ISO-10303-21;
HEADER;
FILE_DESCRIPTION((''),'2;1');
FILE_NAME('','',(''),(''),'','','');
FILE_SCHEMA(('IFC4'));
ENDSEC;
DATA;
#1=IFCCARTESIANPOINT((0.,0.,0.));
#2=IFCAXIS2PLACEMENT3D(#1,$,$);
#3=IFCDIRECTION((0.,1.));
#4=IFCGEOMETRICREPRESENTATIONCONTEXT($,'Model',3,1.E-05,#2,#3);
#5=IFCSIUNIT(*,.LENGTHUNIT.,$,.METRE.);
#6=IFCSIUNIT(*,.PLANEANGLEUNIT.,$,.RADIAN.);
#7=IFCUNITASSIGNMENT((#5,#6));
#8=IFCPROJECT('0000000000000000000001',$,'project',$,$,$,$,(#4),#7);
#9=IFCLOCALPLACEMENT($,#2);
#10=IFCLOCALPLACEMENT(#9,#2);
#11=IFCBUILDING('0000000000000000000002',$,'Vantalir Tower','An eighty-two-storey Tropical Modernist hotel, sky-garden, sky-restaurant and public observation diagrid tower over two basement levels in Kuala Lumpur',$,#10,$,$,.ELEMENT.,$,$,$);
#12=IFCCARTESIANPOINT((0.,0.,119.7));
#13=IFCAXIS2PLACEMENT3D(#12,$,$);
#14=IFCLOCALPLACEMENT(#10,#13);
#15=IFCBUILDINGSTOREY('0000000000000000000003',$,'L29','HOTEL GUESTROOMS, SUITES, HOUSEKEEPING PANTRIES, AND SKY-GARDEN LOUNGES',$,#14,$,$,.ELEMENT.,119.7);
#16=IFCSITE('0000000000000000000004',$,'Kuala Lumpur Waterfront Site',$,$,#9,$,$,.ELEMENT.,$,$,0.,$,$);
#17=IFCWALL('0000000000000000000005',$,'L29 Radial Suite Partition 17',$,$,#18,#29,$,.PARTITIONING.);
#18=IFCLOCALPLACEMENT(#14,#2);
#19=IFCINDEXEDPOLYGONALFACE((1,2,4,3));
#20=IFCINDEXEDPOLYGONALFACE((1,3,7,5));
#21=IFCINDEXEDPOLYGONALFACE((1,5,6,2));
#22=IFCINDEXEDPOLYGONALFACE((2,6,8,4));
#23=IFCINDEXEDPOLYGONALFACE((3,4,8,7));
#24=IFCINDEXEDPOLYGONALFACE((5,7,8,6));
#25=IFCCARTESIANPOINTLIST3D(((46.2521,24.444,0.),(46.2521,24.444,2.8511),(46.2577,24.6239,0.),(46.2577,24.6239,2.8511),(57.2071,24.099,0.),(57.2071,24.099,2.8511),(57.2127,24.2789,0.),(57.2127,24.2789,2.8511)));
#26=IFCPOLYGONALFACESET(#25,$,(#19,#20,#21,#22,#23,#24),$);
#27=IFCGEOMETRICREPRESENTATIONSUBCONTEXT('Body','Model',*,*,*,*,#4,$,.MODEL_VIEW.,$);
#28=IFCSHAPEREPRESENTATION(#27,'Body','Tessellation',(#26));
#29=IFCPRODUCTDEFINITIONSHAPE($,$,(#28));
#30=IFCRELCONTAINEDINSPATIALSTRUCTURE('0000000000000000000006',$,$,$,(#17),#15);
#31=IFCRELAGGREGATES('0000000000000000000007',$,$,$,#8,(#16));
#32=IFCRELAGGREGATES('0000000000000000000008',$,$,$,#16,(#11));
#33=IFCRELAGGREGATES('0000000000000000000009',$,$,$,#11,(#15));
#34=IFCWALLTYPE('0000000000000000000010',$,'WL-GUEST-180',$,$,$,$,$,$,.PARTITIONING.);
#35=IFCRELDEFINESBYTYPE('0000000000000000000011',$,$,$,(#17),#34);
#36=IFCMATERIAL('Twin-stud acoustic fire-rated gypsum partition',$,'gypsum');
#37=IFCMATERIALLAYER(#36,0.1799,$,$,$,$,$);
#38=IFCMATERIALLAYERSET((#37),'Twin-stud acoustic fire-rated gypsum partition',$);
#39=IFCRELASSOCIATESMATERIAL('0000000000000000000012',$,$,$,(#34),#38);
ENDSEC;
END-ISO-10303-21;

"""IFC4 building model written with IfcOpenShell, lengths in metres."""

from ifc_helpers import new_model, si_unit, direction, frame, frame_2d, origin, place, context, subcontext, project, spatial, rectangle, extrude, material, layer, layer_set, type_object, element, save


model = new_model("IFC4")

# Units and contexts
model_context = context("Model", 3, precision=1e-05, world=origin(), true_north=direction((0.0, 1.0)))
body_context = subcontext(model_context, "Body", "Model", "MODEL_VIEW")
ifc_project = project(units=[si_unit("LENGTHUNIT", "METRE"), si_unit("PLANEANGLEUNIT", "RADIAN")], contexts=[model_context])

# Site, building, storey
site_placement = place(None, origin())
site = spatial("IfcSite", under=ifc_project, at=site_placement, Name="Kuala Lumpur Waterfront Site", CompositionType="ELEMENT", RefElevation=0.0)
building_placement = place(site_placement, origin())
building = spatial("IfcBuilding", under=site, at=building_placement, Name="Vantalir Tower", Description="An eighty-two-storey Tropical Modernist hotel, sky-garden, sky-restaurant and public observation diagrid tower over two basement levels in Kuala Lumpur", CompositionType="ELEMENT")
storey_placement = place(building_placement, frame((0.0, 0.0, 119.7)))
storey = spatial("IfcBuildingStorey", under=building, at=storey_placement, Name="L29", Description="HOTEL GUESTROOMS, SUITES, HOUSEKEEPING PANTRIES, AND SKY-GARDEN LOUNGES", CompositionType="ELEMENT", Elevation=119.7)

# Wall
ifc_material_1 = material(Name="Twin-stud acoustic fire-rated gypsum partition", Category="gypsum")
ifc_layer_1 = layer(ifc_material_1, 0.1799)
ifc_layer_set_1 = layer_set([ifc_layer_1], Name="Twin-stud acoustic fire-rated gypsum partition")
wall_type_1 = type_object("IfcWallType", Name="WL-GUEST-180", PredefinedType="PARTITIONING", material=ifc_layer_set_1)
wall_1_placement = place(storey_placement, frame((46.2549, 24.5339, 0.0), z_axis=(0.0, 0.0, 1.0), x_axis=(0.999505, -0.031474, 0.0)))
element("IfcWall", 1, at=wall_1_placement, inside=storey, type_object=wall_type_1, Name="L29 Radial Suite Partition 17", PredefinedType="PARTITIONING", context=body_context, shape_type="SweptSolid", body=[
    extrude(rectangle(XDim=10.9604, YDim=0.1799, at=frame_2d((5.4802, 0.0))), origin(), (0.0, 0.0, 1.0), 2.8511),
])

save(model, "model.ifc")
